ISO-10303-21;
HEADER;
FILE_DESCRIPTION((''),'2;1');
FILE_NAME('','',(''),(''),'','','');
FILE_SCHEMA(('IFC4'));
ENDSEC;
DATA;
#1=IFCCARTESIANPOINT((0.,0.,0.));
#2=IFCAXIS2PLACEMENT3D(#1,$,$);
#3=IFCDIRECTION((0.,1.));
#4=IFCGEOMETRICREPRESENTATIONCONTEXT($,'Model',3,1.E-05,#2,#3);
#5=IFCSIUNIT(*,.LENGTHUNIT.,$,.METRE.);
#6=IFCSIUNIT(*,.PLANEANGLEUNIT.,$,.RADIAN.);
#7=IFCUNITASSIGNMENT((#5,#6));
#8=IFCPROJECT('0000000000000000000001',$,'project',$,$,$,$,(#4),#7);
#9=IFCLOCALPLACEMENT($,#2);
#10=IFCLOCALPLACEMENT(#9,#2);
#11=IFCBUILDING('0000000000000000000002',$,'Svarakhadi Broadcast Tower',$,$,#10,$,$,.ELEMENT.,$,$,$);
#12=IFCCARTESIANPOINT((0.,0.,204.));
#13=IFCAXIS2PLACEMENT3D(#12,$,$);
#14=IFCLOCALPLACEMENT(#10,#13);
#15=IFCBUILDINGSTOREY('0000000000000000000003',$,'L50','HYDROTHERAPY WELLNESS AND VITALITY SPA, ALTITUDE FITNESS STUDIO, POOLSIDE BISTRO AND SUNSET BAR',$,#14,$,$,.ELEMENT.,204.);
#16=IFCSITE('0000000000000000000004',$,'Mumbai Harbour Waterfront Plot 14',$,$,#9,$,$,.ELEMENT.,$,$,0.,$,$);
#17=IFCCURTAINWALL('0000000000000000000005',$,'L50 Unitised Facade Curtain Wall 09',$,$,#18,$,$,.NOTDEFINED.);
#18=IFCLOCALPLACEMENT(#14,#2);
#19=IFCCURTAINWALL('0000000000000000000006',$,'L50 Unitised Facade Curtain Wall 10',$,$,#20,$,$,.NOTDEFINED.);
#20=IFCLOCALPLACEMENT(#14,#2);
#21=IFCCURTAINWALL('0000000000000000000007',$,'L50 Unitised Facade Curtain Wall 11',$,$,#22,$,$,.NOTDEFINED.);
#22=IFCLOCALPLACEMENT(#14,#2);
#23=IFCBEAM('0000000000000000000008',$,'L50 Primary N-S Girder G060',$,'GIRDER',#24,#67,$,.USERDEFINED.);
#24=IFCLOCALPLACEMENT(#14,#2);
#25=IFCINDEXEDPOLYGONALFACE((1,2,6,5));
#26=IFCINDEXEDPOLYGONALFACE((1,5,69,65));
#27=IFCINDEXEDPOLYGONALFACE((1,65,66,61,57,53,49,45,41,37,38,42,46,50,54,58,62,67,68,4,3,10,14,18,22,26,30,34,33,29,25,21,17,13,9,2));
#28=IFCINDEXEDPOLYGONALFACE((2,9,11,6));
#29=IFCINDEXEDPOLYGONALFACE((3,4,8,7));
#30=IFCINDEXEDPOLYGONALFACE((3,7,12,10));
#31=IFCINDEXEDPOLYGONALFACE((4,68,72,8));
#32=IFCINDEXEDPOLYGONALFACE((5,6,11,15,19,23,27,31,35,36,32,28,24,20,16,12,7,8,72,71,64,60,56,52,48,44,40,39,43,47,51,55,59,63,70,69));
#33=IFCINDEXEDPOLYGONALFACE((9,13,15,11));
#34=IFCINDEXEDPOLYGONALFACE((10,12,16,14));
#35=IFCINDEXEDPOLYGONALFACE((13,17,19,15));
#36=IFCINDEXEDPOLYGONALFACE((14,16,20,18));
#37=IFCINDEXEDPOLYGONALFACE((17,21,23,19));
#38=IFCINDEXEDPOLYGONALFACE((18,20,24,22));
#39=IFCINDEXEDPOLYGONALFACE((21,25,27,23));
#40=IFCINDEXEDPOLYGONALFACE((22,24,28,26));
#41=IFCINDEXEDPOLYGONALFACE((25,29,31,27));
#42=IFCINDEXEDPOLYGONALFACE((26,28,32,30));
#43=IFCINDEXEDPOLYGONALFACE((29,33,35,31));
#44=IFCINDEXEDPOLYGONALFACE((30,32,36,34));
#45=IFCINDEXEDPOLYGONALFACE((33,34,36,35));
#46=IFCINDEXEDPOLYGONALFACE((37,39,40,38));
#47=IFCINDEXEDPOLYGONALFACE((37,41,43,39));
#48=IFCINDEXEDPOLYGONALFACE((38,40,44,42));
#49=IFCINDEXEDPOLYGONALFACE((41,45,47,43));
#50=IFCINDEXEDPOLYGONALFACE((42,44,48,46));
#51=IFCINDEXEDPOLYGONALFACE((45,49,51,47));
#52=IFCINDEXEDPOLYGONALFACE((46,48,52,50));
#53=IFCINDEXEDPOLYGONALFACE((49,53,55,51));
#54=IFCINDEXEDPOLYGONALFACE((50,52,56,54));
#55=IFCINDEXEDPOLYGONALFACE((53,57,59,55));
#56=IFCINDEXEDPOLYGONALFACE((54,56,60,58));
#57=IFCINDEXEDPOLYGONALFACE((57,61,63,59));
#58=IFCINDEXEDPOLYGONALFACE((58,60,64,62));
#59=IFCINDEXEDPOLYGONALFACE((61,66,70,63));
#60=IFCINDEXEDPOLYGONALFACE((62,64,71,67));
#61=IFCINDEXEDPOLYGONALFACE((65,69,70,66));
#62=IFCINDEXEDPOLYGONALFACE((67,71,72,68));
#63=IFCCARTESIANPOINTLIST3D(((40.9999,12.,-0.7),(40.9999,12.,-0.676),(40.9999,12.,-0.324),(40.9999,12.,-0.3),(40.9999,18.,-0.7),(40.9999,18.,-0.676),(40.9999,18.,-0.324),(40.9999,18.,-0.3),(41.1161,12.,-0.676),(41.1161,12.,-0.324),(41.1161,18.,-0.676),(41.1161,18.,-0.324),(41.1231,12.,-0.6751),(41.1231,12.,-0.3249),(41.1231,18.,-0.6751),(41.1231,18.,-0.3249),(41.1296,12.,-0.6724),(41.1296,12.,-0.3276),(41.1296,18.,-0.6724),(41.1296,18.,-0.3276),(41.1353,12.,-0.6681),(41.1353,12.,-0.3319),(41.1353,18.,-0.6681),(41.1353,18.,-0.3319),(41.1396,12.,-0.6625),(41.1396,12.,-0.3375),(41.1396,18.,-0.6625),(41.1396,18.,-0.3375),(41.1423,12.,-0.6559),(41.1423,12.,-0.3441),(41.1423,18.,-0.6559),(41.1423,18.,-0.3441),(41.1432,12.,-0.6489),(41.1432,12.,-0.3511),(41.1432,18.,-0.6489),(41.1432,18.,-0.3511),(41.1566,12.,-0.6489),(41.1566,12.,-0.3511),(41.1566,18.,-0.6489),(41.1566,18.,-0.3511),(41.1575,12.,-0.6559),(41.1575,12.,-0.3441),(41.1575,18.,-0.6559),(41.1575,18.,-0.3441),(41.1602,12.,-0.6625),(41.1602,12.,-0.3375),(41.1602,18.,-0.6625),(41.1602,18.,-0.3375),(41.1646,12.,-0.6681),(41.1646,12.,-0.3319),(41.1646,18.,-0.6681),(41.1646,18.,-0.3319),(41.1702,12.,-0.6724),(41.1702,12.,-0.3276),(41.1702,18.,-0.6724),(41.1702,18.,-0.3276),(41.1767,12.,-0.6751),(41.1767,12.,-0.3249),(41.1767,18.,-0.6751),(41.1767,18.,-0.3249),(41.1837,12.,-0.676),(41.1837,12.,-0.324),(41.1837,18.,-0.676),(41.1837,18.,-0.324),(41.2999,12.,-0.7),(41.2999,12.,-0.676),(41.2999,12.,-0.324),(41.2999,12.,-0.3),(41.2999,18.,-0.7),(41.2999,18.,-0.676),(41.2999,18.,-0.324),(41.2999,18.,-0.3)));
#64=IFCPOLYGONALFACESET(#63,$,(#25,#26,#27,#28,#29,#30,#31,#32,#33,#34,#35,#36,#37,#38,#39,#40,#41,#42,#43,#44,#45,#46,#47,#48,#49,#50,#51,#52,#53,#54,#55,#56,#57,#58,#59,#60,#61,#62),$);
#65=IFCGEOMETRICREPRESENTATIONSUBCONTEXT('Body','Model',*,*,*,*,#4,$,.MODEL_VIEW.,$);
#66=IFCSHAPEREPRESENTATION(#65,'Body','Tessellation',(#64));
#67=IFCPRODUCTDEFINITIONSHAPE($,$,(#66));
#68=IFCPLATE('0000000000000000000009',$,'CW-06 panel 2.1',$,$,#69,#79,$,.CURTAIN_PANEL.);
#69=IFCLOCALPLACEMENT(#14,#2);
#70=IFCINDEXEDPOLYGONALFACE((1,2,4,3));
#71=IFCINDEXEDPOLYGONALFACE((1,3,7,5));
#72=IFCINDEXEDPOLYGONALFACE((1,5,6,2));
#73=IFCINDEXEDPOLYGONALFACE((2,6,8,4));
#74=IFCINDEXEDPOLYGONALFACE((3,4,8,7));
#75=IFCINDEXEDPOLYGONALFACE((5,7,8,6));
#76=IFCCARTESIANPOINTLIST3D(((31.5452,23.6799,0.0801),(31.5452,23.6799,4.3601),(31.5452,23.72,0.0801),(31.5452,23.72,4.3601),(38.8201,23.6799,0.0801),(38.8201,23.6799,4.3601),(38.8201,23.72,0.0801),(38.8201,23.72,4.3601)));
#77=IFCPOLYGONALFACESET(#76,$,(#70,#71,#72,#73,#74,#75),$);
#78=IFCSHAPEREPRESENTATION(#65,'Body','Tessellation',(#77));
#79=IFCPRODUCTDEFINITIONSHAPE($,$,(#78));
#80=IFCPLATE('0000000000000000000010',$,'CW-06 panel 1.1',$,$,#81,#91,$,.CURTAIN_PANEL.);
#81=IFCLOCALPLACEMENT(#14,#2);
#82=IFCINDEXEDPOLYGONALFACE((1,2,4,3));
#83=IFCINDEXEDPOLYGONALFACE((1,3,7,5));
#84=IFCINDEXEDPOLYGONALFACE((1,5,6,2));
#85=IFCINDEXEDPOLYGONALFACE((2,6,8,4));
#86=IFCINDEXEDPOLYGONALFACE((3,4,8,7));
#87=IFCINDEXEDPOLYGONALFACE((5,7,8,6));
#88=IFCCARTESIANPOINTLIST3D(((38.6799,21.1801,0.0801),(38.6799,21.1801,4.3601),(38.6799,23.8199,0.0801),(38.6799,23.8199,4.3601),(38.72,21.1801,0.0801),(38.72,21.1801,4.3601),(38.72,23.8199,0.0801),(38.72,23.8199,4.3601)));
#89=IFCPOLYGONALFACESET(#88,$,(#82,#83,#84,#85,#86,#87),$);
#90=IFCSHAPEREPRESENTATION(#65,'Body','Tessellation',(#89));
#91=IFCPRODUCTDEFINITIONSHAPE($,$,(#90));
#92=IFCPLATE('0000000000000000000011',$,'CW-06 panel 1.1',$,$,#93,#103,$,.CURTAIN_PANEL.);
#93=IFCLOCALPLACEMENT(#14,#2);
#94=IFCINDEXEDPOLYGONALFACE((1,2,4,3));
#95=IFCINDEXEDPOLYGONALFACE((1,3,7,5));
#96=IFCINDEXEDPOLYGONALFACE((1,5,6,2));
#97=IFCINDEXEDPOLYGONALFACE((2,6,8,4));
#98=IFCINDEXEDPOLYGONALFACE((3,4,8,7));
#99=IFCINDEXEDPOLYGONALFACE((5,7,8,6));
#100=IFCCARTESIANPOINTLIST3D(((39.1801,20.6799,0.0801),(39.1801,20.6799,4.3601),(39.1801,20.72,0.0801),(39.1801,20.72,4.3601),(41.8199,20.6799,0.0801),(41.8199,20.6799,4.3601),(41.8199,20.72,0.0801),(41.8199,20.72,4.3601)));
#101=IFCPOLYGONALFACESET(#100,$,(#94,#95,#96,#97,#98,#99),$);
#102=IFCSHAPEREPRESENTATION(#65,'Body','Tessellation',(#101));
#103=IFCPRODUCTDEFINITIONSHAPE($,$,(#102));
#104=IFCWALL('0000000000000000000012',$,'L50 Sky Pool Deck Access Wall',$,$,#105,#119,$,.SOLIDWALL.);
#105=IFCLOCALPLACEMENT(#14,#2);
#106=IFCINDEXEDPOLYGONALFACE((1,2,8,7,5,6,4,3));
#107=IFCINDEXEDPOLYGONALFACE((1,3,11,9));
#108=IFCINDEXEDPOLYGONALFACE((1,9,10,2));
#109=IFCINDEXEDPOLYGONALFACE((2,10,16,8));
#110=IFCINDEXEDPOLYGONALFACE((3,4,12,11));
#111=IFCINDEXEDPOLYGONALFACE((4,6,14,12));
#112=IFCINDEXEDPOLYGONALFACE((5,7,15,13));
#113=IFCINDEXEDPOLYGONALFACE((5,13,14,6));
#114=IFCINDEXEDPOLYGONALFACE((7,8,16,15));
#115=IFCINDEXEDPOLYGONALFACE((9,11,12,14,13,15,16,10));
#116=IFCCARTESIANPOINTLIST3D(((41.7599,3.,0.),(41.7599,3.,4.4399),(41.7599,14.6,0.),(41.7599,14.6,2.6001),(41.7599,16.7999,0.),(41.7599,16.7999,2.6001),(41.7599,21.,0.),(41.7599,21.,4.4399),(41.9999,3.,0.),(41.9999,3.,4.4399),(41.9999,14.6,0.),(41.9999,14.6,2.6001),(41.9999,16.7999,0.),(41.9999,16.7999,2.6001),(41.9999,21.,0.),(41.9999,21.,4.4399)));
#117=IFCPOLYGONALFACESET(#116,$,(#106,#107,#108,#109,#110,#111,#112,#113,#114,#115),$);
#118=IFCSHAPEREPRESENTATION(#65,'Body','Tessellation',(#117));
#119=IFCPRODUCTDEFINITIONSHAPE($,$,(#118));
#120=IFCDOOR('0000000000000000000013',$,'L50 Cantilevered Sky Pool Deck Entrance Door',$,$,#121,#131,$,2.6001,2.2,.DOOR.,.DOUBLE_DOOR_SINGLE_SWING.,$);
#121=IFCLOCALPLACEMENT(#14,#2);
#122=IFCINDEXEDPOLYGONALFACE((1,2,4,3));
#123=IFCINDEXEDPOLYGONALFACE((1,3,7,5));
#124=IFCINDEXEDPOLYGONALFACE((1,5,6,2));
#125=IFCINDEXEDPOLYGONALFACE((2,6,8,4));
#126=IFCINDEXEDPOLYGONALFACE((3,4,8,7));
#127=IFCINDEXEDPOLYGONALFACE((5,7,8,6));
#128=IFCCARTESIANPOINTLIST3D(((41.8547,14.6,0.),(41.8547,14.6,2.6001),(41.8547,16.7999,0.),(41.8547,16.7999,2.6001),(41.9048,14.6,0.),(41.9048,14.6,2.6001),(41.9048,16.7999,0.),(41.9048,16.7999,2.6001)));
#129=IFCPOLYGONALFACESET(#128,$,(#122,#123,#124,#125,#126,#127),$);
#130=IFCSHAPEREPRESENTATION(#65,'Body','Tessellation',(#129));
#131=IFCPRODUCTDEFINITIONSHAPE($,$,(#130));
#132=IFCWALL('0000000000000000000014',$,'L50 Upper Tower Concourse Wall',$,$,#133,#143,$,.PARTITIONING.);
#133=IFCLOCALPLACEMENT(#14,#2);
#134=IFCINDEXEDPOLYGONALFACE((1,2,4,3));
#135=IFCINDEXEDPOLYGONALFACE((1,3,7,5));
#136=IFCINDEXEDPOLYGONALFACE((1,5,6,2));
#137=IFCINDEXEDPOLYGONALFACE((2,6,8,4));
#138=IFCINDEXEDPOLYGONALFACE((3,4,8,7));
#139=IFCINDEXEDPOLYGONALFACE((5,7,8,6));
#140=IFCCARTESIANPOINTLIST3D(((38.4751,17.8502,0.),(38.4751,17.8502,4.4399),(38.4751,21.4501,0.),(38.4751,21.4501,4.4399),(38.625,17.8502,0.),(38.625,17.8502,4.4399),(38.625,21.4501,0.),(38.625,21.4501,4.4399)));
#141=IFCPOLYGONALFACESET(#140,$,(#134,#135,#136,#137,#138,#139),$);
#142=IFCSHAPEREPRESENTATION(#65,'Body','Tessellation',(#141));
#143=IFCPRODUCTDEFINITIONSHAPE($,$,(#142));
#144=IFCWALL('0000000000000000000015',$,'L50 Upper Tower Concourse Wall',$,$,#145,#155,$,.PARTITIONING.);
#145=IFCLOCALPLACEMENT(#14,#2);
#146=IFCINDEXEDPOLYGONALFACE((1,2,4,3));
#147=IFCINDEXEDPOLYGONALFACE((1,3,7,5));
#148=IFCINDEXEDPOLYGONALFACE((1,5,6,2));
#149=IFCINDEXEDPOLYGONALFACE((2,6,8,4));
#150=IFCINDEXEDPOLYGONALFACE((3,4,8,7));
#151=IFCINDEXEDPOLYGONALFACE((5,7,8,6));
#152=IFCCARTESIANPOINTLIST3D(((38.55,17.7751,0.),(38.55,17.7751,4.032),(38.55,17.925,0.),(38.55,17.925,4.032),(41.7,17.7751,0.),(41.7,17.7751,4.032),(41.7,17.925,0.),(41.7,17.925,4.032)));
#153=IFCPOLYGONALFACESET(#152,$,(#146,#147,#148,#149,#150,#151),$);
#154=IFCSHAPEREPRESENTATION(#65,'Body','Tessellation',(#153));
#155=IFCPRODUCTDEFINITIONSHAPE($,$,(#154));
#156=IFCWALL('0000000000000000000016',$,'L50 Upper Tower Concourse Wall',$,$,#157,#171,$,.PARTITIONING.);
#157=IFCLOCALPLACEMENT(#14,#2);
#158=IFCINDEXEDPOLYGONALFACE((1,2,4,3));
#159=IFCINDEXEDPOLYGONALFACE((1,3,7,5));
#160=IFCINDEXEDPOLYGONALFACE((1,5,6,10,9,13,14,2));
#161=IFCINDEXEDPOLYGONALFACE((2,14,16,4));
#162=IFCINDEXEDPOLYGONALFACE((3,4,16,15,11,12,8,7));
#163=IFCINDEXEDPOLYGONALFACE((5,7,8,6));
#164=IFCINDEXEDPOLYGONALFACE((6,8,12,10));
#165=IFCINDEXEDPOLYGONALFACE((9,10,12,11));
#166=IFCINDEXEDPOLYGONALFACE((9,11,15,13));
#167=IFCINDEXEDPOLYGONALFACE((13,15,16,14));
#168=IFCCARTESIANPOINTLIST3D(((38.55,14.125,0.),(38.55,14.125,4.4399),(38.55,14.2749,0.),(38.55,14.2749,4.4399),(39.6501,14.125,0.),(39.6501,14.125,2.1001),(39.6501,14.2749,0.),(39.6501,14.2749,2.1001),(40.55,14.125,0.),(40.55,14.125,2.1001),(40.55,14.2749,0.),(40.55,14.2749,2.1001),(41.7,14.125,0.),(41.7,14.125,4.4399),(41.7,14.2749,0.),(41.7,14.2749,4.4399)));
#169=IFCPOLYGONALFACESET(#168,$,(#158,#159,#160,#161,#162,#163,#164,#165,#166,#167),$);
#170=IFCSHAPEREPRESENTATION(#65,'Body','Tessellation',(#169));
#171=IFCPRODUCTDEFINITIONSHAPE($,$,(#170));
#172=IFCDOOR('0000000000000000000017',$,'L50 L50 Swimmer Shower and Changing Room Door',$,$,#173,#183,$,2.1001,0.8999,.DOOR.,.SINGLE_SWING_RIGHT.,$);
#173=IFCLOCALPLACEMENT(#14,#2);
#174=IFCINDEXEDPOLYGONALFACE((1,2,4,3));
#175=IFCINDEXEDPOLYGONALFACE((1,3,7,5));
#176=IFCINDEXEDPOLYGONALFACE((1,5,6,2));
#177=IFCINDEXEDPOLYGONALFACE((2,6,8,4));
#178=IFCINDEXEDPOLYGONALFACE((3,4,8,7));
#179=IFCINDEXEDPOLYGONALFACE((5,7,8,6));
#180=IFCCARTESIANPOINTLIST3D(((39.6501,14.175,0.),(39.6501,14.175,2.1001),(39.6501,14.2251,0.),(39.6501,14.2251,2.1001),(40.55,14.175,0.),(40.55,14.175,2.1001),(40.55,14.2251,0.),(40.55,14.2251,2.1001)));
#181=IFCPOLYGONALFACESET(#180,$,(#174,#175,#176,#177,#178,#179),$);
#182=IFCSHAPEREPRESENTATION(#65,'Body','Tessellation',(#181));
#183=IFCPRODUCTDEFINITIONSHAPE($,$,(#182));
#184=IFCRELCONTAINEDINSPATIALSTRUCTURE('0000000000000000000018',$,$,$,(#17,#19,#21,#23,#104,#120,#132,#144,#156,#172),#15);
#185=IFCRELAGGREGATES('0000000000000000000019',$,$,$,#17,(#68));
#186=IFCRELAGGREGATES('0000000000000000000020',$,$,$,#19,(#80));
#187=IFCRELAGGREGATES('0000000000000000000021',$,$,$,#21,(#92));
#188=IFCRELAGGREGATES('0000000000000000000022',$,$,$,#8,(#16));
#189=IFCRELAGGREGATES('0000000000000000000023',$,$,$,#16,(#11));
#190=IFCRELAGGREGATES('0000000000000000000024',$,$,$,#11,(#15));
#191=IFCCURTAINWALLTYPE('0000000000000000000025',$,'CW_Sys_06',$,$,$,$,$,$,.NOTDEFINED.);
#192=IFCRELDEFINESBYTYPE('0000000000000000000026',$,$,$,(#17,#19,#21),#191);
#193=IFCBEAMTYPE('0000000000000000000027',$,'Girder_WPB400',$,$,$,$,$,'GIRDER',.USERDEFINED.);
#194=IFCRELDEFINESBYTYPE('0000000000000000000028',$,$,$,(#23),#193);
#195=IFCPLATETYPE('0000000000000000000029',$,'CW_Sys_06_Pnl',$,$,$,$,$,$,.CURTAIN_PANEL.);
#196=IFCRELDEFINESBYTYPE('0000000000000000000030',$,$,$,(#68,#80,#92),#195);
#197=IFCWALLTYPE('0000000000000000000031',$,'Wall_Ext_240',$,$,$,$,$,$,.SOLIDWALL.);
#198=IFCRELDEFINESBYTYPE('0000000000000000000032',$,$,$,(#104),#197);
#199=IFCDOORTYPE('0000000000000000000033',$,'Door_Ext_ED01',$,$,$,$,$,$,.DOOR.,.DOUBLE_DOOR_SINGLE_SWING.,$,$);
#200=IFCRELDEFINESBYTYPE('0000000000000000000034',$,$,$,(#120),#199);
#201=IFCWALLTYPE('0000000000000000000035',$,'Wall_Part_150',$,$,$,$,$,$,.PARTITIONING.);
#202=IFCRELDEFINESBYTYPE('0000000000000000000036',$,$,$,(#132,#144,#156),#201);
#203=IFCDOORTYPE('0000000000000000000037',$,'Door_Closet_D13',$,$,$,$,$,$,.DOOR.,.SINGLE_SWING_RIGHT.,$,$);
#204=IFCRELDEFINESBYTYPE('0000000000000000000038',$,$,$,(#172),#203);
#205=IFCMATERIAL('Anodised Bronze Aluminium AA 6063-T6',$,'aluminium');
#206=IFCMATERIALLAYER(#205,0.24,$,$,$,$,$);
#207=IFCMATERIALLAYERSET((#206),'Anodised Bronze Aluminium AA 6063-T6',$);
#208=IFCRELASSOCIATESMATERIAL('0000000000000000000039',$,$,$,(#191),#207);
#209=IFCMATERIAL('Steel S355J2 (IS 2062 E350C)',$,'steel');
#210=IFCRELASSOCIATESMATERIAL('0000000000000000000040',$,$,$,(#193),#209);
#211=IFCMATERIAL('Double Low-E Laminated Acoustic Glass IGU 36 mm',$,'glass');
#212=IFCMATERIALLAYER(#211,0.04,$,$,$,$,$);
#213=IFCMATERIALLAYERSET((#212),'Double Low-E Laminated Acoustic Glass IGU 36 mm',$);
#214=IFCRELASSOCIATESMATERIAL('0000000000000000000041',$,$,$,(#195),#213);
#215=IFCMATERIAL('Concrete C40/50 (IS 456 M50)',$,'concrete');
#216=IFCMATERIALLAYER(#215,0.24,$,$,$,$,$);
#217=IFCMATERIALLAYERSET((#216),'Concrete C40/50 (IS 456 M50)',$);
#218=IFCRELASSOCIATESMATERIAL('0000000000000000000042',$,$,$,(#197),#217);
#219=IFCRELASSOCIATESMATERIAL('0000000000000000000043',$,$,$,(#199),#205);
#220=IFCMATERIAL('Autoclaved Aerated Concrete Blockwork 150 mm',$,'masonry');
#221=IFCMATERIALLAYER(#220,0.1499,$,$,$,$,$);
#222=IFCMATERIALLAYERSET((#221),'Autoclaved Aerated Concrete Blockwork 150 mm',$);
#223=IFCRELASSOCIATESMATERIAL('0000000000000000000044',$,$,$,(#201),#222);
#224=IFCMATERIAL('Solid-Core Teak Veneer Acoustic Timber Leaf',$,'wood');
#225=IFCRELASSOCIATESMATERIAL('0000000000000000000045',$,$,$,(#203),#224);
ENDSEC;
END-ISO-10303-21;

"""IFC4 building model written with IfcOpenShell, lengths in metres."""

from ifc_helpers import new_model, si_unit, direction, frame, frame_2d, origin, origin_2d, place, context, subcontext, project, spatial, rectangle, i_section, extrude, material, layer, layer_set, material_profile, profile_set, type_object, element, fill, aggregate, save


model = new_model("IFC4")

# Units and contexts
model_context = context("Model", 3, precision=1e-05, world=origin(), true_north=direction((0.0, 1.0)))
body_context = subcontext(model_context, "Body", "Model", "MODEL_VIEW")
ifc_project = project(units=[si_unit("LENGTHUNIT", "METRE"), si_unit("PLANEANGLEUNIT", "RADIAN")], contexts=[model_context])

# Site, building, storey
site_placement = place(None, origin())
site = spatial("IfcSite", under=ifc_project, at=site_placement, Name="Mumbai Harbour Waterfront Plot 14", CompositionType="ELEMENT", RefElevation=0.0)
building_placement = place(site_placement, origin())
building = spatial("IfcBuilding", under=site, at=building_placement, Name="Svarakhadi Broadcast Tower", CompositionType="ELEMENT")
storey_placement = place(building_placement, frame((0.0, 0.0, 204.0)))
storey = spatial("IfcBuildingStorey", under=building, at=storey_placement, Name="L50", Description="HYDROTHERAPY WELLNESS AND VITALITY SPA, ALTITUDE FITNESS STUDIO, POOLSIDE BISTRO AND SUNSET BAR", CompositionType="ELEMENT", Elevation=204.0)

# Shared definitions
ifc_material_1 = material(Name="Steel S355J2 (IS 2062 E350C)", Category="steel")

# Curtain wall
ifc_material_2 = material(Name="Anodised Bronze Aluminium AA 6063-T6", Category="aluminium")
ifc_layer_1 = layer(ifc_material_2, 0.24)
ifc_layer_set_1 = layer_set([ifc_layer_1], Name="Anodised Bronze Aluminium AA 6063-T6")
curtain_wall_type = type_object("IfcCurtainWallType", Name="CW_Sys_06", PredefinedType="NOTDEFINED", material=ifc_layer_set_1)
curtain_wall_1_placement = place(storey_placement, origin())
curtain_wall_1 = element("IfcCurtainWall", 1, at=curtain_wall_1_placement, inside=storey, type_object=curtain_wall_type, Name="L50 Unitised Facade Curtain Wall 09", PredefinedType="NOTDEFINED")

# Curtain walls
curtain_wall_2_placement = place(storey_placement, origin())
curtain_wall_2 = element("IfcCurtainWall", 2, at=curtain_wall_2_placement, inside=storey, type_object=curtain_wall_type, Name="L50 Unitised Facade Curtain Wall 10", PredefinedType="NOTDEFINED")
curtain_wall_3_placement = place(storey_placement, origin())
curtain_wall_3 = element("IfcCurtainWall", 3, at=curtain_wall_3_placement, inside=storey, type_object=curtain_wall_type, Name="L50 Unitised Facade Curtain Wall 11", PredefinedType="NOTDEFINED")

# Beam
ifc_material_profile_1 = material_profile(ifc_material_1, i_section(OverallWidth=0.3, OverallDepth=0.3999, WebThickness=0.0134, FlangeThickness=0.0239, FilletRadius=0.0271, at=origin_2d()), Name="WPB 400x300x155")
ifc_profile_set_1 = profile_set([ifc_material_profile_1], Name="Steel S355J2 (IS 2062 E350C)")
beam_type_1 = type_object("IfcBeamType", Name="Girder_WPB400", ElementType="GIRDER", PredefinedType="USERDEFINED", material=ifc_profile_set_1)
for number, where, z_axis, x_axis, name in (
    (4, (41.1499, 12.0, -0.5), (0.0, 1.0, 0.0), (-1.0, 0.0, 0.0), "L50 Primary N-S Girder G060"),
):
    element("IfcBeam", number, at=place(storey_placement, frame(where, z_axis=z_axis, x_axis=x_axis)), inside=storey, type_object=beam_type_1, Name=name, ObjectType="GIRDER", PredefinedType="USERDEFINED", context=body_context, shape_type="SweptSolid", body=[
        extrude(i_section(OverallWidth=0.3, OverallDepth=0.3999, WebThickness=0.0134, FlangeThickness=0.0239, FilletRadius=0.0271, at=origin_2d()), origin(), (0.0, 0.0, 1.0), 6.0),
    ])

# Plates
ifc_material_3 = material(Name="Double Low-E Laminated Acoustic Glass IGU 36 mm", Category="glass")
ifc_layer_2 = layer(ifc_material_3, 0.04)
ifc_layer_set_2 = layer_set([ifc_layer_2], Name="Double Low-E Laminated Acoustic Glass IGU 36 mm")
plate_type = type_object("IfcPlateType", Name="CW_Sys_06_Pnl", PredefinedType="CURTAIN_PANEL", material=ifc_layer_set_2)
plate_1_placement = place(storey_placement, frame((35.1826, 23.7, 0.0801), z_axis=(0.0, 0.0, 1.0), x_axis=(1.0, 0.0, 0.0)))
plate_1 = element("IfcPlate", 5, at=plate_1_placement, type_object=plate_type, Name="CW-06 panel 2.1", PredefinedType="CURTAIN_PANEL", context=body_context, shape_type="SweptSolid", body=[
    extrude(rectangle(XDim=7.2749, YDim=0.04, at=origin_2d()), origin(), (0.0, 0.0, 1.0), 4.28),
])
aggregate(curtain_wall_1, [plate_1])
plate_2_placement = place(storey_placement, frame((38.7, 22.5, 0.0801), z_axis=(0.0, 0.0, 1.0), x_axis=(0.0, -1.0, 0.0)))
plate_2 = element("IfcPlate", 6, at=plate_2_placement, type_object=plate_type, Name="CW-06 panel 1.1", PredefinedType="CURTAIN_PANEL", context=body_context, shape_type="SweptSolid", body=[
    extrude(rectangle(XDim=2.6399, YDim=0.04, at=origin_2d()), origin(), (0.0, 0.0, 1.0), 4.28),
])
aggregate(curtain_wall_2, [plate_2])
plate_3_placement = place(storey_placement, frame((40.5, 20.7, 0.0801), z_axis=(0.0, 0.0, 1.0), x_axis=(1.0, 0.0, 0.0)))
plate_3 = element("IfcPlate", 7, at=plate_3_placement, type_object=plate_type, Name="CW-06 panel 1.1", PredefinedType="CURTAIN_PANEL", context=body_context, shape_type="SweptSolid", body=[
    extrude(rectangle(XDim=2.6399, YDim=0.04, at=origin_2d()), origin(), (0.0, 0.0, 1.0), 4.28),
])
aggregate(curtain_wall_3, [plate_3])

# Wall, opening, door
ifc_material_4 = material(Name="Concrete C40/50 (IS 456 M50)", Category="concrete")
ifc_layer_3 = layer(ifc_material_4, 0.24)
ifc_layer_set_3 = layer_set([ifc_layer_3], Name="Concrete C40/50 (IS 456 M50)")
wall_type_1 = type_object("IfcWallType", Name="Wall_Ext_240", PredefinedType="SOLIDWALL", material=ifc_layer_set_3)
wall_1_placement = place(storey_placement, frame((41.8799, 21.0, 0.0), z_axis=(0.0, 0.0, 1.0), x_axis=(0.0, -1.0, 0.0)))
wall_1 = element("IfcWall", 8, at=wall_1_placement, inside=storey, type_object=wall_type_1, Name="L50 Sky Pool Deck Access Wall", PredefinedType="SOLIDWALL", context=body_context, shape_type="SweptSolid", body=[
    extrude(rectangle(XDim=18.0, YDim=0.24, at=frame_2d((9.0, 0.0))), origin(), (0.0, 0.0, 1.0), 4.4399),
])
opening_1_placement = place(wall_1_placement, frame((4.2, 0.0, 0.0)))
opening_1 = element("IfcOpeningElement", 9, at=opening_1_placement, cuts=wall_1, PredefinedType="OPENING", context=body_context, shape_type="SweptSolid", body=[
    extrude(rectangle(XDim=2.2, YDim=2.6001, at=frame_2d((1.1001, 1.3))), frame((0.0, 0.1299, 0.0), z_axis=(0.0, -1.0, 0.0), x_axis=(1.0, 0.0, 0.0)), (0.0, 0.0, 1.0), 0.26),
])
door_type_1 = type_object("IfcDoorType", Name="Door_Ext_ED01", OperationType="DOUBLE_DOOR_SINGLE_SWING", PredefinedType="DOOR", material=ifc_material_2)
door_1_placement = place(opening_1_placement, origin())
door_1 = element("IfcDoor", 10, at=door_1_placement, inside=storey, type_object=door_type_1, Name="L50 Cantilevered Sky Pool Deck Entrance Door", OperationType="DOUBLE_DOOR_SINGLE_SWING", OverallHeight=2.6001, OverallWidth=2.2, PredefinedType="DOOR", context=body_context, shape_type="SweptSolid", body=[
    extrude(rectangle(XDim=2.2, YDim=2.6001, at=frame_2d((1.1001, 1.3))), frame((0.0, 0.0249, 0.0), z_axis=(0.0, -1.0, 0.0), x_axis=(1.0, 0.0, 0.0)), (0.0, 0.0, 1.0), 0.05),
])
fill(opening_1, door_1)

# Walls
ifc_material_5 = material(Name="Autoclaved Aerated Concrete Blockwork 150 mm", Category="masonry")
ifc_layer_4 = layer(ifc_material_5, 0.1499)
ifc_layer_set_4 = layer_set([ifc_layer_4], Name="Autoclaved Aerated Concrete Blockwork 150 mm")
wall_type_2 = type_object("IfcWallType", Name="Wall_Part_150", PredefinedType="PARTITIONING", material=ifc_layer_set_4)
wall_2_placement = place(storey_placement, frame((38.55, 21.45, 0.0), z_axis=(0.0, 0.0, 1.0), x_axis=(0.0, -1.0, 0.0)))
element("IfcWall", 11, at=wall_2_placement, inside=storey, type_object=wall_type_2, Name="L50 Upper Tower Concourse Wall", PredefinedType="PARTITIONING", context=body_context, shape_type="SweptSolid", body=[
    extrude(rectangle(XDim=3.5999, YDim=0.1499, at=frame_2d((1.7998, 0.0))), origin(), (0.0, 0.0, 1.0), 4.4399),
])
wall_3_placement = place(storey_placement, frame((38.55, 17.8501, 0.0), z_axis=(0.0, 0.0, 1.0), x_axis=(1.0, 0.0, 0.0)))
element("IfcWall", 12, at=wall_3_placement, inside=storey, type_object=wall_type_2, Name="L50 Upper Tower Concourse Wall", PredefinedType="PARTITIONING", context=body_context, shape_type="SweptSolid", body=[
    extrude(rectangle(XDim=3.1499, YDim=0.1499, at=frame_2d((1.575, 0.0))), origin(), (0.0, 0.0, 1.0), 4.032),
])

# Wall, opening, door
wall_4_placement = place(storey_placement, frame((41.7, 14.2, 0.0), z_axis=(0.0, 0.0, 1.0), x_axis=(-1.0, 0.0, 0.0)))
wall_4 = element("IfcWall", 13, at=wall_4_placement, inside=storey, type_object=wall_type_2, Name="L50 Upper Tower Concourse Wall", PredefinedType="PARTITIONING", context=body_context, shape_type="SweptSolid", body=[
    extrude(rectangle(XDim=3.1499, YDim=0.1499, at=frame_2d((1.575, 0.0))), origin(), (0.0, 0.0, 1.0), 4.4399),
])
opening_2_placement = place(wall_4_placement, frame((1.1499, 0.0, 0.0)))
opening_2 = element("IfcOpeningElement", 14, at=opening_2_placement, cuts=wall_4, PredefinedType="OPENING", context=body_context, shape_type="SweptSolid", body=[
    extrude(rectangle(XDim=0.8999, YDim=2.1001, at=frame_2d((0.45, 1.05))), frame((0.0, 0.085, 0.0), z_axis=(0.0, -1.0, 0.0), x_axis=(1.0, 0.0, 0.0)), (0.0, 0.0, 1.0), 0.1699),
])
ifc_material_6 = material(Name="Solid-Core Teak Veneer Acoustic Timber Leaf", Category="wood")
door_type_2 = type_object("IfcDoorType", Name="Door_Closet_D13", OperationType="SINGLE_SWING_RIGHT", PredefinedType="DOOR", material=ifc_material_6)
door_2_placement = place(opening_2_placement, origin())
door_2 = element("IfcDoor", 15, at=door_2_placement, inside=storey, type_object=door_type_2, Name="L50 L50 Swimmer Shower and Changing Room Door", OperationType="SINGLE_SWING_RIGHT", OverallHeight=2.1001, OverallWidth=0.8999, PredefinedType="DOOR", context=body_context, shape_type="SweptSolid", body=[
    extrude(rectangle(XDim=0.8999, YDim=2.1001, at=frame_2d((0.45, 1.05))), frame((0.0, 0.0249, 0.0), z_axis=(0.0, -1.0, 0.0), x_axis=(1.0, 0.0, 0.0)), (0.0, 0.0, 1.0), 0.05),
])
fill(opening_2, door_2)

save(model, "model.ifc")
